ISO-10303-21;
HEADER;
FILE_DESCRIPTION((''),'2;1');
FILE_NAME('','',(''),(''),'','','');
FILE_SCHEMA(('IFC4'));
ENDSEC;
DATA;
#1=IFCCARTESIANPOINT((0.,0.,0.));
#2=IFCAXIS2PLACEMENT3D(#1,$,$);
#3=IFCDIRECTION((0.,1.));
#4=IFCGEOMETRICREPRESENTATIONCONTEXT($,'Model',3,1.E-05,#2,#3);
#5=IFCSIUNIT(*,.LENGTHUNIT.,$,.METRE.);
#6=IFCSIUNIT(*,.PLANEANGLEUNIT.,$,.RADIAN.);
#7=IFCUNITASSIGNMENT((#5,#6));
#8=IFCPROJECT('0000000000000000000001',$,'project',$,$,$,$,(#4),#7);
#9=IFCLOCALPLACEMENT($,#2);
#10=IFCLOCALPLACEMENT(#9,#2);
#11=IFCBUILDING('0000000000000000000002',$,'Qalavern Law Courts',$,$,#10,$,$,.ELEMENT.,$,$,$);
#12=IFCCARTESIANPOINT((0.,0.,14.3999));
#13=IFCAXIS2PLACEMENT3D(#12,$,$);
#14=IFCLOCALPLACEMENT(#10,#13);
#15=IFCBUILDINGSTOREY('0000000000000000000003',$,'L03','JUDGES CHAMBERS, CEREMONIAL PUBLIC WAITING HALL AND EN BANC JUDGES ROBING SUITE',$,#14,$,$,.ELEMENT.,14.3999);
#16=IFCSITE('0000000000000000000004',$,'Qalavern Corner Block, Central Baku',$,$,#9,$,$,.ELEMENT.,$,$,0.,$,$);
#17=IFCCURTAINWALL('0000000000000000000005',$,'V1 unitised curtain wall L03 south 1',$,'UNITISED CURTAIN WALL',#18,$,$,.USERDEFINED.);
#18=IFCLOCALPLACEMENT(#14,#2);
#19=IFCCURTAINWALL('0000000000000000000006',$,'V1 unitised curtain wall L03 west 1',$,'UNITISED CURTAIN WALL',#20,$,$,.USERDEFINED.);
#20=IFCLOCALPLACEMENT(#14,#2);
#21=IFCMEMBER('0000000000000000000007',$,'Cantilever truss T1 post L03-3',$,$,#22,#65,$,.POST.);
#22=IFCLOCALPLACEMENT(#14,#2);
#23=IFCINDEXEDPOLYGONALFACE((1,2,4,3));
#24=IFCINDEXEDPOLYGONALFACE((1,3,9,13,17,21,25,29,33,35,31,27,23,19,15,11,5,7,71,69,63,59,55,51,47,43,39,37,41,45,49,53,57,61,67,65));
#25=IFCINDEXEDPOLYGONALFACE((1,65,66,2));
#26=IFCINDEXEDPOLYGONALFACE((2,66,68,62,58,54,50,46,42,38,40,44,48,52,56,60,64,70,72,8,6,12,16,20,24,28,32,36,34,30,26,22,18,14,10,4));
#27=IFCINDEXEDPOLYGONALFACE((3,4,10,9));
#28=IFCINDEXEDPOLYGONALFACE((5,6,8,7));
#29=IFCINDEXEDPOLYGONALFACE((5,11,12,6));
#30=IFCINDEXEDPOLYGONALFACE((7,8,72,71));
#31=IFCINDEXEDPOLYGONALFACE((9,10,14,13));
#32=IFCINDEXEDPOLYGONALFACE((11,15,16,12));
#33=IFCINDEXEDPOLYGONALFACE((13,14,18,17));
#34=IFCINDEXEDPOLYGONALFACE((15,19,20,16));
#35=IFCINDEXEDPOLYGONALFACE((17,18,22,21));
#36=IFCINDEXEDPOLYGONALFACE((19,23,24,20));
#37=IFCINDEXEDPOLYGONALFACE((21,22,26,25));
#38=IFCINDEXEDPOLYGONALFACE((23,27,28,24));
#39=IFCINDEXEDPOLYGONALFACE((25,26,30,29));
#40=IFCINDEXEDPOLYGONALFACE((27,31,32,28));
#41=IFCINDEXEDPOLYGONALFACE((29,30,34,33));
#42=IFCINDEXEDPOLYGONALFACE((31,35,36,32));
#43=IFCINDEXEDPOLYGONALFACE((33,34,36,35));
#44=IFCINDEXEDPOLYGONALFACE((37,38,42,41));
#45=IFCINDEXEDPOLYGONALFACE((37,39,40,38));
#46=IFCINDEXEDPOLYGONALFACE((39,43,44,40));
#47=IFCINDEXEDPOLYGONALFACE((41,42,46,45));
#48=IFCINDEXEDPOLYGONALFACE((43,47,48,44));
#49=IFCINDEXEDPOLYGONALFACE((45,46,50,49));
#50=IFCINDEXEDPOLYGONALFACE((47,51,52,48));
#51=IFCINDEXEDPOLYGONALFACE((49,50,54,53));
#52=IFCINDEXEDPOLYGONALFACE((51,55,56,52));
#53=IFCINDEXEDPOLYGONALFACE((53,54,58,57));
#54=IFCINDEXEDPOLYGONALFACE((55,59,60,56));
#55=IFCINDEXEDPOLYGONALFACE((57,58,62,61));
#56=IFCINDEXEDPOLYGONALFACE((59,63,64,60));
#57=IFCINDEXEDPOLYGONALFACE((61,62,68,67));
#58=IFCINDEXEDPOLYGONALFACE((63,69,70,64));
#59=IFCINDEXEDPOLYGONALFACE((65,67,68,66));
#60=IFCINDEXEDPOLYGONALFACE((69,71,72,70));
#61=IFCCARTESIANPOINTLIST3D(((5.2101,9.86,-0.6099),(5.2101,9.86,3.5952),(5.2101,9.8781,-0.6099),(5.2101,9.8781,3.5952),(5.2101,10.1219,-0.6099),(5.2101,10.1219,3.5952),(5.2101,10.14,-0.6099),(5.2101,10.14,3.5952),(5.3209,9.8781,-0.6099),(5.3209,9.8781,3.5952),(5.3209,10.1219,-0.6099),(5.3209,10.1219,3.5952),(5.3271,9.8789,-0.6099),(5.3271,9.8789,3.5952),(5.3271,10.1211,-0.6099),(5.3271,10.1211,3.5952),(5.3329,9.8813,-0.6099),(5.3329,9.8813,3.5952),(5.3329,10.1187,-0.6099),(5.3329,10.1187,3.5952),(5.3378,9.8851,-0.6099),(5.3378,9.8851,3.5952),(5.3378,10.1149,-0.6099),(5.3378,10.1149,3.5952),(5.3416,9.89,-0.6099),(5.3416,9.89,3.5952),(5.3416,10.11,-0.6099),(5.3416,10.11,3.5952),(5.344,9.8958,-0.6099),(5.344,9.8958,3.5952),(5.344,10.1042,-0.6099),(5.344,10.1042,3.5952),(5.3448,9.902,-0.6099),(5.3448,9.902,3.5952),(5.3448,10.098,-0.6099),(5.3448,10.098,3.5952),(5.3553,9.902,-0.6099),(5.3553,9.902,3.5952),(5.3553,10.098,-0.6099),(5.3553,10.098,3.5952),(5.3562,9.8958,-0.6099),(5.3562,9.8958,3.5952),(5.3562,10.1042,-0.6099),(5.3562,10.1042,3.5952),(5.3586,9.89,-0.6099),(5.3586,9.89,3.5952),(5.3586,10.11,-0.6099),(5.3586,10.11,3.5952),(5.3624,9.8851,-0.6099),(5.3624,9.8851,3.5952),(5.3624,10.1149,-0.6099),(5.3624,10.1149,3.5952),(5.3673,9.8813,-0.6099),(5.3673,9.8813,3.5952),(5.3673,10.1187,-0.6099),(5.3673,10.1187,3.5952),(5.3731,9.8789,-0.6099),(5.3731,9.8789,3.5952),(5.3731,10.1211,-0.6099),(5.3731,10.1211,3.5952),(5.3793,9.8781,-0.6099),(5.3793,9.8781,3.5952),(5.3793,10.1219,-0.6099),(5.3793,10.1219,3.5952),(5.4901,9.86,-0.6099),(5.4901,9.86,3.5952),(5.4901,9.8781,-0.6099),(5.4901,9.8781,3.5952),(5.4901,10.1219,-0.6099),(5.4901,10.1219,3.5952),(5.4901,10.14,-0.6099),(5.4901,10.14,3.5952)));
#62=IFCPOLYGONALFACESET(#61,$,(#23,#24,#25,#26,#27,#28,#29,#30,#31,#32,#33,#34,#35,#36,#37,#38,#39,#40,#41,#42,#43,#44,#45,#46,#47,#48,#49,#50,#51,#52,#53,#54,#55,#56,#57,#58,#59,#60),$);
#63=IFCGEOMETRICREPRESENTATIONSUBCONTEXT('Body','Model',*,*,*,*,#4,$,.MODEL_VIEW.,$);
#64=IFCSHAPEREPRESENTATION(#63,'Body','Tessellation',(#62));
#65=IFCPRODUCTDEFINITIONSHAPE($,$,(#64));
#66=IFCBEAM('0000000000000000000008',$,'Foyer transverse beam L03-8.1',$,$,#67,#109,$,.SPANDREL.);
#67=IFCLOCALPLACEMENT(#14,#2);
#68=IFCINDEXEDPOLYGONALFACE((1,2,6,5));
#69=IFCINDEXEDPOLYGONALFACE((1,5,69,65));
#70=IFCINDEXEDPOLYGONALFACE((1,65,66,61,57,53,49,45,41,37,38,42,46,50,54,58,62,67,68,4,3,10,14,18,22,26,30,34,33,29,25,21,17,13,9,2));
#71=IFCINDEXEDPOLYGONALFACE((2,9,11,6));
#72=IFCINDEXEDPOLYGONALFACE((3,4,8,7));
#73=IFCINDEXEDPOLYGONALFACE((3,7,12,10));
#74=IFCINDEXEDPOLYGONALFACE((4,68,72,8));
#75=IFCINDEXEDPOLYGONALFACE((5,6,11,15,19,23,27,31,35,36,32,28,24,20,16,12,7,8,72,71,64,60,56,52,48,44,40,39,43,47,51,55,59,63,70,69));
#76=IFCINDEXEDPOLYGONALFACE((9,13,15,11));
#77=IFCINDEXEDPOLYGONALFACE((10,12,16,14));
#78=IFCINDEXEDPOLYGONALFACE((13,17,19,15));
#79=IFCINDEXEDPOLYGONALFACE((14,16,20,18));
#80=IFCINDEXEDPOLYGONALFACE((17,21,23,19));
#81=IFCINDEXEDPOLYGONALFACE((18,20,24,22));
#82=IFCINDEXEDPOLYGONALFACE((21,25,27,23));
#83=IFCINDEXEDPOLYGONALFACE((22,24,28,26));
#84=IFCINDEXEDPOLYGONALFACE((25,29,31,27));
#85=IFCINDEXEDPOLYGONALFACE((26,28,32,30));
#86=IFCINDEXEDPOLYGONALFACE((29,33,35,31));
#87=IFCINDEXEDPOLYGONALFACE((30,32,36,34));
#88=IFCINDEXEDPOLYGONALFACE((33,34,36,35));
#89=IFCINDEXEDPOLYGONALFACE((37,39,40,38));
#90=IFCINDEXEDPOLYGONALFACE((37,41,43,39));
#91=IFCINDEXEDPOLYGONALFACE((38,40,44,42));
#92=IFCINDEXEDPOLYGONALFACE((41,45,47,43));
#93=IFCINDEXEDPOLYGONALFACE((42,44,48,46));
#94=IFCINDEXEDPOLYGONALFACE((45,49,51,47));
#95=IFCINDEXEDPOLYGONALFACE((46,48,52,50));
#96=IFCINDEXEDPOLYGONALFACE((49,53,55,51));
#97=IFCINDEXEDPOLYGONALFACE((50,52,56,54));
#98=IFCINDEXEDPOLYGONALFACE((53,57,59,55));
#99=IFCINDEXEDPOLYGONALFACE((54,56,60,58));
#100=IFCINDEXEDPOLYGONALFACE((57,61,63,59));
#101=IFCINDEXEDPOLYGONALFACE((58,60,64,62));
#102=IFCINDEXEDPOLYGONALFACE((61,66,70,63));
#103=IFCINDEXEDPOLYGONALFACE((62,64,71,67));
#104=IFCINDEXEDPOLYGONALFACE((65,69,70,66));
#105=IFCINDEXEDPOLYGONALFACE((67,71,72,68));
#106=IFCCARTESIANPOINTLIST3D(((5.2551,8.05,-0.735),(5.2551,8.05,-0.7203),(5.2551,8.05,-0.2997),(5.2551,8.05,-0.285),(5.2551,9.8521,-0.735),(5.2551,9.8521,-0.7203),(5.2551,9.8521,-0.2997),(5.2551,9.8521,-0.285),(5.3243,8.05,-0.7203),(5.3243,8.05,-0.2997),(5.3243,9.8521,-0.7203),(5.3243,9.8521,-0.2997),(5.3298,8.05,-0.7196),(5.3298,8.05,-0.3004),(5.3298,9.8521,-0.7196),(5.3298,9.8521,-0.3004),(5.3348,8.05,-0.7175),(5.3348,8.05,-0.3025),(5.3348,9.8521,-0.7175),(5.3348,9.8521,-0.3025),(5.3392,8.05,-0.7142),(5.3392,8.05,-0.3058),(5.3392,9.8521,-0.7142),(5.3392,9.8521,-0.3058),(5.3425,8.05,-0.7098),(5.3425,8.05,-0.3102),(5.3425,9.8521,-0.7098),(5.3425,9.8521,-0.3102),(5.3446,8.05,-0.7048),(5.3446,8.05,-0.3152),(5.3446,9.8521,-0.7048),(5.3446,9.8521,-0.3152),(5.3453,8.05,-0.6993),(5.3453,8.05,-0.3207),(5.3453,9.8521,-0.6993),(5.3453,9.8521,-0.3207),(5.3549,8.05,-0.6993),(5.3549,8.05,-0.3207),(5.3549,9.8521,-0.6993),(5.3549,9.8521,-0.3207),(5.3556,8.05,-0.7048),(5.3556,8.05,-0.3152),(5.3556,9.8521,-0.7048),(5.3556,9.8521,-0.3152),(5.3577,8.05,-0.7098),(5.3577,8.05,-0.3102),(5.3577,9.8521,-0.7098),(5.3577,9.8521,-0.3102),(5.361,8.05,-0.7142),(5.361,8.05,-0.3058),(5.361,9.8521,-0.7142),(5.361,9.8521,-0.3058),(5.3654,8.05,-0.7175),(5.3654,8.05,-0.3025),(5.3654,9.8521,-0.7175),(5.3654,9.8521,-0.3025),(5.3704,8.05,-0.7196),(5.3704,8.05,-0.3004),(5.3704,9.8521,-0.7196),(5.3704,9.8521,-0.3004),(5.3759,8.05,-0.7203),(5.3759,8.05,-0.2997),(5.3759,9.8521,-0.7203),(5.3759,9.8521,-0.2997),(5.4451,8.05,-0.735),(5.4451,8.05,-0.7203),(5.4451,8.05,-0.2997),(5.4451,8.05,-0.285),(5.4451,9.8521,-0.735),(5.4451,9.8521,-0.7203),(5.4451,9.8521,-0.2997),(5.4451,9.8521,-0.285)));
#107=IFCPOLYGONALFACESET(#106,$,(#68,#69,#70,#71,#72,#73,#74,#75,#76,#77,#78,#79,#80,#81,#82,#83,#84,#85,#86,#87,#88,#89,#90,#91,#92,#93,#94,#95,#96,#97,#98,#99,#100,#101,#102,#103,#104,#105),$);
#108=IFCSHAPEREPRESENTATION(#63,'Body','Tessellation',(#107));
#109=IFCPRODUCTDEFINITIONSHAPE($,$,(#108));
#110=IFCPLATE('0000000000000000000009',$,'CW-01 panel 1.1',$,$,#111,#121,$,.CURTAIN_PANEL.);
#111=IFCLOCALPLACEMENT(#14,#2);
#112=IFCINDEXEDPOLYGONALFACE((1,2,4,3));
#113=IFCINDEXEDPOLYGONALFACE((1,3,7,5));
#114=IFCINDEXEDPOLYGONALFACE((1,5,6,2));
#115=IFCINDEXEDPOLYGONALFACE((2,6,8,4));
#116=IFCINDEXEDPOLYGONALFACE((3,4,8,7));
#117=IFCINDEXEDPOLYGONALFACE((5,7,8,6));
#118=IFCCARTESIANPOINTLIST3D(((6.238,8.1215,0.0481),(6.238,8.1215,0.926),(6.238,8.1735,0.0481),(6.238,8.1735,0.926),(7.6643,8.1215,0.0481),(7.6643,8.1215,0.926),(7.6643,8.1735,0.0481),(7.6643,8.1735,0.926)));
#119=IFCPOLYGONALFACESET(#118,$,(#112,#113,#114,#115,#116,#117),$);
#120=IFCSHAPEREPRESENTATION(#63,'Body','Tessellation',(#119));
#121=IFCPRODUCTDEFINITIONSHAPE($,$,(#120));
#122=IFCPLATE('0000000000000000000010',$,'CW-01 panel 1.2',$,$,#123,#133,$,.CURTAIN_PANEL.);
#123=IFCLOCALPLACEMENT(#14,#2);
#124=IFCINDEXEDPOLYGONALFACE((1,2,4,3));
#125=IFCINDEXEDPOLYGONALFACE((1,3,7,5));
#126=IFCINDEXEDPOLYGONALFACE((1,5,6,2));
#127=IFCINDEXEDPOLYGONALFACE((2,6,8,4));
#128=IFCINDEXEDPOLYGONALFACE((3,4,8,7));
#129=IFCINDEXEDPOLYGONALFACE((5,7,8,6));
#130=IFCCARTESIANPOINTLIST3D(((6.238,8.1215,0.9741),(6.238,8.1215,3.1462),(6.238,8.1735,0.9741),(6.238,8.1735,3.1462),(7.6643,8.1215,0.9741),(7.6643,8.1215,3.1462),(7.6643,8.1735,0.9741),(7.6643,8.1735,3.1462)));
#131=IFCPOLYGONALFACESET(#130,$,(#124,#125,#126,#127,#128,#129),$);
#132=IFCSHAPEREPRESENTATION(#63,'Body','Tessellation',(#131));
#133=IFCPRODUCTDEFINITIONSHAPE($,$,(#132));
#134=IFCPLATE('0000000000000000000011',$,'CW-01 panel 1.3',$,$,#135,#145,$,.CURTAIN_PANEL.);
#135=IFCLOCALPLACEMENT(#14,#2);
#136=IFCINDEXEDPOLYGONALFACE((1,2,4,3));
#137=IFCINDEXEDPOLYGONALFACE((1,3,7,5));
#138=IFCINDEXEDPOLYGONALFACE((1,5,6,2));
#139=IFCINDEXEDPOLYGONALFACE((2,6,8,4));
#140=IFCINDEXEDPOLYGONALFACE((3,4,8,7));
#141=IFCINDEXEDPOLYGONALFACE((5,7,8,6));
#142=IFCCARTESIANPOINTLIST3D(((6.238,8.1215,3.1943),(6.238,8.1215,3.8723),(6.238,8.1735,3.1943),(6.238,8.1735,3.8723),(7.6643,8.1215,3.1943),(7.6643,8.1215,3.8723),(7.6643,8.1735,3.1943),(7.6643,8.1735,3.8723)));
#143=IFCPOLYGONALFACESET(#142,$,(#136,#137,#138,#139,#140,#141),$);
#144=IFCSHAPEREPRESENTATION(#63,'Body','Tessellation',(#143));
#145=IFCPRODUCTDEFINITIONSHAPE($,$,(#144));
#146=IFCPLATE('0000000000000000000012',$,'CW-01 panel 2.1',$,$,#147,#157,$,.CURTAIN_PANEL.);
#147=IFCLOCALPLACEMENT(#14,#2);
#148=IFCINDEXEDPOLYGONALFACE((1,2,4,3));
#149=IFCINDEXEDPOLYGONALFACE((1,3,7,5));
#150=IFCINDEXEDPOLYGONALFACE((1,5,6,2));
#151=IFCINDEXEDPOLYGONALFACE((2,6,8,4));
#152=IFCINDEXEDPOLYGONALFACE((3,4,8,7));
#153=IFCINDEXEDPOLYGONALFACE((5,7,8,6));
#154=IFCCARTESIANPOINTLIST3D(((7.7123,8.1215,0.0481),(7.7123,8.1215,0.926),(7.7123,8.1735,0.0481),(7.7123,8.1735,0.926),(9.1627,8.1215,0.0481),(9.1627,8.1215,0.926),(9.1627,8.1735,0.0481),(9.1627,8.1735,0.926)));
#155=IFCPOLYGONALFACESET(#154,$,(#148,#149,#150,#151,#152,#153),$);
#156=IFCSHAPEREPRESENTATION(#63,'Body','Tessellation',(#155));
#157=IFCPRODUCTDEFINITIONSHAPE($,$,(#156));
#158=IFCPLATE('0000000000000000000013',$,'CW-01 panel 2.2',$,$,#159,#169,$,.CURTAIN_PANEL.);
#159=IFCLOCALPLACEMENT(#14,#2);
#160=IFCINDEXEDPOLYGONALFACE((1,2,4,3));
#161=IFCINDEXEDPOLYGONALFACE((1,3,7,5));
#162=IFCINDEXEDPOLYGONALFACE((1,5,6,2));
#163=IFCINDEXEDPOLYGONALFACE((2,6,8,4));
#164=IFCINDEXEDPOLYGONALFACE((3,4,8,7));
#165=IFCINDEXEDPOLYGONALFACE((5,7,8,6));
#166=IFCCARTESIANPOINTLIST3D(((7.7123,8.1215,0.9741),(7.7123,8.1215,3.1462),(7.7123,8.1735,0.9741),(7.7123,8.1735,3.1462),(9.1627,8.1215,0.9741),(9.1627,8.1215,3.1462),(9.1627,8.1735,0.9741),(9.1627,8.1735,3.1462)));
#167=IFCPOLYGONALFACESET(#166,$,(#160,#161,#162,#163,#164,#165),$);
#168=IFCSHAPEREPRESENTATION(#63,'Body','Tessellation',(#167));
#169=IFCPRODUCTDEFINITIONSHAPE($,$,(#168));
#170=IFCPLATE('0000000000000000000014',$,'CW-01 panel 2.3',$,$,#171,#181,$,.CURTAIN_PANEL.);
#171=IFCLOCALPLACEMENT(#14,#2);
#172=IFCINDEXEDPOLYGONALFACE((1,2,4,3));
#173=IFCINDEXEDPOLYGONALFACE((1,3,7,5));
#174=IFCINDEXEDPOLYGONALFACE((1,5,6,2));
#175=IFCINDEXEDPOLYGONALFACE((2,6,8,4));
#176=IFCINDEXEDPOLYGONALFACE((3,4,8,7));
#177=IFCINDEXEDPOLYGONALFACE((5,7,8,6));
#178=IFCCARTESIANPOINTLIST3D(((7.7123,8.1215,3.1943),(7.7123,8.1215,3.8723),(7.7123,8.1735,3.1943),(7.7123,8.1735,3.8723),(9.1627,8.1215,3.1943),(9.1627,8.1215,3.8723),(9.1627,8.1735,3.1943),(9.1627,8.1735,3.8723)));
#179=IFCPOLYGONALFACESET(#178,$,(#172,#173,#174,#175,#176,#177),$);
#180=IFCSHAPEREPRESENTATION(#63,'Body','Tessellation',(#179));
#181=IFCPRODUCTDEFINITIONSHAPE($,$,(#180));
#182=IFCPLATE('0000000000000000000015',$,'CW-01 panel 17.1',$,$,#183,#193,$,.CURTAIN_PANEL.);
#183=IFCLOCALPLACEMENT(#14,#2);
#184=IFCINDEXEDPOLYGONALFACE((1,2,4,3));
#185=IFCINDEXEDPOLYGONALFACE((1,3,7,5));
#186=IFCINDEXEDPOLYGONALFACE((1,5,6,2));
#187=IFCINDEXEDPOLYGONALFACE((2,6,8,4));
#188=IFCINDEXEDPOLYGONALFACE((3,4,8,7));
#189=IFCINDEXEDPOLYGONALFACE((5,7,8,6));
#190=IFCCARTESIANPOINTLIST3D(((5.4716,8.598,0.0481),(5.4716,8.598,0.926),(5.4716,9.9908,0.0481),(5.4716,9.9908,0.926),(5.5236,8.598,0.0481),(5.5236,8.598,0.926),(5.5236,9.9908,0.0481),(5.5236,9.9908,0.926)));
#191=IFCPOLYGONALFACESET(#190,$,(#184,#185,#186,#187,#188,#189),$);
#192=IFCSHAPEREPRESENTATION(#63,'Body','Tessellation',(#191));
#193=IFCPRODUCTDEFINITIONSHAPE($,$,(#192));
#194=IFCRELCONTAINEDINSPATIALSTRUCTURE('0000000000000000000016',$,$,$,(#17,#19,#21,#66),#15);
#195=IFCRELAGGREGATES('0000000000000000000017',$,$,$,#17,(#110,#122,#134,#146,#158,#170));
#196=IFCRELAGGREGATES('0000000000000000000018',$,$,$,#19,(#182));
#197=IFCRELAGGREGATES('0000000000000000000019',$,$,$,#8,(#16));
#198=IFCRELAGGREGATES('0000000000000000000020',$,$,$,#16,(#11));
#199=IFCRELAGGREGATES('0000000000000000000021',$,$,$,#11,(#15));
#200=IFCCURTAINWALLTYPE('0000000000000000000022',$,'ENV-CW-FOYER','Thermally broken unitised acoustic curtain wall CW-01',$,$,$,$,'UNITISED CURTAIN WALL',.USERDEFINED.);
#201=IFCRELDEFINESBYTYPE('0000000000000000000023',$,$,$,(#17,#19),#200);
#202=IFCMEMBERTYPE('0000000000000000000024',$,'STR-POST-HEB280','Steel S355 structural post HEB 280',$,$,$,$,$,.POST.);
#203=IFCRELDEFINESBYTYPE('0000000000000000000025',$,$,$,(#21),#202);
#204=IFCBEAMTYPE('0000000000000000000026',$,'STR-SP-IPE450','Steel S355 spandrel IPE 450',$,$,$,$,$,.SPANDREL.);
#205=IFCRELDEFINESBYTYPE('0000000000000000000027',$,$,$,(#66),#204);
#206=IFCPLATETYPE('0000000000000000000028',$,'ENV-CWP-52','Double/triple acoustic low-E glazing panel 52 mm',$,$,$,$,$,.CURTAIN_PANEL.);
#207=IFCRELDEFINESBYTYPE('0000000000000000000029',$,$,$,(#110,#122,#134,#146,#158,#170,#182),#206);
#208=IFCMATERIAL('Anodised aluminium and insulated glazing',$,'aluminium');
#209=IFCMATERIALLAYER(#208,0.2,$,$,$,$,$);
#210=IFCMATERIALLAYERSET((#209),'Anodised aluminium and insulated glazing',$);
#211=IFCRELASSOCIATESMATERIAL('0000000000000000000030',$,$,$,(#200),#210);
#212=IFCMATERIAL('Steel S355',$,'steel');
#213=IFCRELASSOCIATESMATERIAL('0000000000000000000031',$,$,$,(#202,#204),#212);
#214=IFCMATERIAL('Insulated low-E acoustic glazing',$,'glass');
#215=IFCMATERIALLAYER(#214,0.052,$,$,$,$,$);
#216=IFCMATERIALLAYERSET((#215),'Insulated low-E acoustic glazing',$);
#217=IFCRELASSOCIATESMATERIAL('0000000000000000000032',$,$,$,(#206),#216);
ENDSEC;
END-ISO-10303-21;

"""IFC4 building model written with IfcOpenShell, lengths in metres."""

from ifc_helpers import new_model, si_unit, direction, frame, origin, origin_2d, place, context, subcontext, project, spatial, rectangle, i_section, extrude, material, layer, layer_set, material_profile, profile_set, type_object, element, aggregate, save


model = new_model("IFC4")

# Units and contexts
model_context = context("Model", 3, precision=1e-05, world=origin(), true_north=direction((0.0, 1.0)))
body_context = subcontext(model_context, "Body", "Model", "MODEL_VIEW")
ifc_project = project(units=[si_unit("LENGTHUNIT", "METRE"), si_unit("PLANEANGLEUNIT", "RADIAN")], contexts=[model_context])

# Site, building, storey
site_placement = place(None, origin())
site = spatial("IfcSite", under=ifc_project, at=site_placement, Name="Qalavern Corner Block, Central Baku", CompositionType="ELEMENT", RefElevation=0.0)
building_placement = place(site_placement, origin())
building = spatial("IfcBuilding", under=site, at=building_placement, Name="Qalavern Law Courts", CompositionType="ELEMENT")
storey_placement = place(building_placement, frame((0.0, 0.0, 14.3999)))
storey = spatial("IfcBuildingStorey", under=building, at=storey_placement, Name="L03", Description="JUDGES CHAMBERS, CEREMONIAL PUBLIC WAITING HALL AND EN BANC JUDGES ROBING SUITE", CompositionType="ELEMENT", Elevation=14.3999)

# Curtain wall
ifc_material_1 = material(Name="Anodised aluminium and insulated glazing", Category="aluminium")
ifc_layer_1 = layer(ifc_material_1, 0.2)
ifc_layer_set_1 = layer_set([ifc_layer_1], Name="Anodised aluminium and insulated glazing")
curtain_wall_type = type_object("IfcCurtainWallType", Name="ENV-CW-FOYER", Description="Thermally broken unitised acoustic curtain wall CW-01", ElementType="UNITISED CURTAIN WALL", PredefinedType="USERDEFINED", material=ifc_layer_set_1)
curtain_wall_1_placement = place(storey_placement, origin())
curtain_wall_1 = element("IfcCurtainWall", 1, at=curtain_wall_1_placement, inside=storey, type_object=curtain_wall_type, Name="V1 unitised curtain wall L03 south 1", ObjectType="UNITISED CURTAIN WALL", PredefinedType="USERDEFINED")

# Curtain wall
curtain_wall_2_placement = place(storey_placement, origin())
curtain_wall_2 = element("IfcCurtainWall", 2, at=curtain_wall_2_placement, inside=storey, type_object=curtain_wall_type, Name="V1 unitised curtain wall L03 west 1", ObjectType="UNITISED CURTAIN WALL", PredefinedType="USERDEFINED")

# Shared definitions
ifc_material_2 = material(Name="Steel S355", Category="steel")

# Member
ifc_material_profile_1 = material_profile(ifc_material_2, i_section(OverallWidth=0.28, OverallDepth=0.28, WebThickness=0.0105, FlangeThickness=0.0181, FilletRadius=0.0239, at=origin_2d()), Name="HEB 280")
ifc_profile_set_1 = profile_set([ifc_material_profile_1], Name="Steel S355")
member_type_1 = type_object("IfcMemberType", Name="STR-POST-HEB280", Description="Steel S355 structural post HEB 280", PredefinedType="POST", material=ifc_profile_set_1)
for number, where, z_axis, x_axis, name in (
    (3, (5.3501, 10.0, -0.6099), (0.0, 0.0, 1.0), (1.0, 0.0, 0.0), "Cantilever truss T1 post L03-3"),
):
    element("IfcMember", number, at=place(storey_placement, frame(where, z_axis=z_axis, x_axis=x_axis)), inside=storey, type_object=member_type_1, Name=name, PredefinedType="POST", context=body_context, shape_type="SweptSolid", body=[
        extrude(i_section(OverallWidth=0.28, OverallDepth=0.28, WebThickness=0.0105, FlangeThickness=0.0181, FilletRadius=0.0239, at=origin_2d()), origin(), (0.0, 0.0, 1.0), 4.2051),
    ])

# Beam
ifc_material_profile_2 = material_profile(ifc_material_2, i_section(OverallWidth=0.1899, OverallDepth=0.45, WebThickness=0.0095, FlangeThickness=0.0146, FilletRadius=0.021, at=origin_2d()), Name="IPE 450")
ifc_profile_set_2 = profile_set([ifc_material_profile_2], Name="Steel S355")
beam_type_1 = type_object("IfcBeamType", Name="STR-SP-IPE450", Description="Steel S355 spandrel IPE 450", PredefinedType="SPANDREL", material=ifc_profile_set_2)
beam_1_placement = place(storey_placement, frame((5.3501, 8.05, -0.51), z_axis=(0.0, 1.0, 0.0), x_axis=(-1.0, 0.0, 0.0)))
element("IfcBeam", 4, at=beam_1_placement, inside=storey, type_object=beam_type_1, Name="Foyer transverse beam L03-8.1", PredefinedType="SPANDREL", context=body_context, shape_type="SweptSolid", body=[
    extrude(i_section(OverallWidth=0.1899, OverallDepth=0.45, WebThickness=0.0095, FlangeThickness=0.0146, FilletRadius=0.021, at=origin_2d()), origin(), (0.0, 0.0, 1.0), 1.802),
])

# Plates
ifc_material_3 = material(Name="Insulated low-E acoustic glazing", Category="glass")
ifc_layer_2 = layer(ifc_material_3, 0.052)
ifc_layer_set_2 = layer_set([ifc_layer_2], Name="Insulated low-E acoustic glazing")
plate_type_1 = type_object("IfcPlateType", Name="ENV-CWP-52", Description="Double/triple acoustic low-E glazing panel 52 mm", PredefinedType="CURTAIN_PANEL", material=ifc_layer_set_2)
plate_1_placement = place(storey_placement, frame((6.9512, 8.1475, 0.0481), z_axis=(0.0, 0.0, 1.0), x_axis=(1.0, 0.0, 0.0)))
plate_1 = element("IfcPlate", 5, at=plate_1_placement, type_object=plate_type_1, Name="CW-01 panel 1.1", PredefinedType="CURTAIN_PANEL", context=body_context, shape_type="SweptSolid", body=[
    extrude(rectangle(XDim=1.4263, YDim=0.052, at=origin_2d()), origin(), (0.0, 0.0, 1.0), 0.8779),
])
plate_2_placement = place(storey_placement, frame((6.9512, 8.1475, 0.9741), z_axis=(0.0, 0.0, 1.0), x_axis=(1.0, 0.0, 0.0)))
plate_2 = element("IfcPlate", 6, at=plate_2_placement, type_object=plate_type_1, Name="CW-01 panel 1.2", PredefinedType="CURTAIN_PANEL", context=body_context, shape_type="SweptSolid", body=[
    extrude(rectangle(XDim=1.4263, YDim=0.052, at=origin_2d()), origin(), (0.0, 0.0, 1.0), 2.1721),
])
plate_3_placement = place(storey_placement, frame((6.9512, 8.1475, 3.1943), z_axis=(0.0, 0.0, 1.0), x_axis=(1.0, 0.0, 0.0)))
plate_3 = element("IfcPlate", 7, at=plate_3_placement, type_object=plate_type_1, Name="CW-01 panel 1.3", PredefinedType="CURTAIN_PANEL", context=body_context, shape_type="SweptSolid", body=[
    extrude(rectangle(XDim=1.4263, YDim=0.052, at=origin_2d()), origin(), (0.0, 0.0, 1.0), 0.678),
])
plate_4_placement = place(storey_placement, frame((8.4375, 8.1475, 0.0481), z_axis=(0.0, 0.0, 1.0), x_axis=(1.0, 0.0, 0.0)))
plate_4 = element("IfcPlate", 8, at=plate_4_placement, type_object=plate_type_1, Name="CW-01 panel 2.1", PredefinedType="CURTAIN_PANEL", context=body_context, shape_type="SweptSolid", body=[
    extrude(rectangle(XDim=1.4504, YDim=0.052, at=origin_2d()), origin(), (0.0, 0.0, 1.0), 0.8779),
])
plate_5_placement = place(storey_placement, frame((8.4375, 8.1475, 0.9741), z_axis=(0.0, 0.0, 1.0), x_axis=(1.0, 0.0, 0.0)))
plate_5 = element("IfcPlate", 9, at=plate_5_placement, type_object=plate_type_1, Name="CW-01 panel 2.2", PredefinedType="CURTAIN_PANEL", context=body_context, shape_type="SweptSolid", body=[
    extrude(rectangle(XDim=1.4504, YDim=0.052, at=origin_2d()), origin(), (0.0, 0.0, 1.0), 2.1721),
])
plate_6_placement = place(storey_placement, frame((8.4375, 8.1475, 3.1943), z_axis=(0.0, 0.0, 1.0), x_axis=(1.0, 0.0, 0.0)))
plate_6 = element("IfcPlate", 10, at=plate_6_placement, type_object=plate_type_1, Name="CW-01 panel 2.3", PredefinedType="CURTAIN_PANEL", context=body_context, shape_type="SweptSolid", body=[
    extrude(rectangle(XDim=1.4504, YDim=0.052, at=origin_2d()), origin(), (0.0, 0.0, 1.0), 0.678),
])
aggregate(curtain_wall_1, [plate_1, plate_2, plate_3, plate_4, plate_5, plate_6])
plate_7_placement = place(storey_placement, frame((5.4976, 9.2944, 0.0481), z_axis=(0.0, 0.0, 1.0), x_axis=(0.0, -1.0, 0.0)))
plate_7 = element("IfcPlate", 11, at=plate_7_placement, type_object=plate_type_1, Name="CW-01 panel 17.1", PredefinedType="CURTAIN_PANEL", context=body_context, shape_type="SweptSolid", body=[
    extrude(rectangle(XDim=1.3928, YDim=0.052, at=origin_2d()), origin(), (0.0, 0.0, 1.0), 0.8779),
])
aggregate(curtain_wall_2, [plate_7])

save(model, "model.ifc")
